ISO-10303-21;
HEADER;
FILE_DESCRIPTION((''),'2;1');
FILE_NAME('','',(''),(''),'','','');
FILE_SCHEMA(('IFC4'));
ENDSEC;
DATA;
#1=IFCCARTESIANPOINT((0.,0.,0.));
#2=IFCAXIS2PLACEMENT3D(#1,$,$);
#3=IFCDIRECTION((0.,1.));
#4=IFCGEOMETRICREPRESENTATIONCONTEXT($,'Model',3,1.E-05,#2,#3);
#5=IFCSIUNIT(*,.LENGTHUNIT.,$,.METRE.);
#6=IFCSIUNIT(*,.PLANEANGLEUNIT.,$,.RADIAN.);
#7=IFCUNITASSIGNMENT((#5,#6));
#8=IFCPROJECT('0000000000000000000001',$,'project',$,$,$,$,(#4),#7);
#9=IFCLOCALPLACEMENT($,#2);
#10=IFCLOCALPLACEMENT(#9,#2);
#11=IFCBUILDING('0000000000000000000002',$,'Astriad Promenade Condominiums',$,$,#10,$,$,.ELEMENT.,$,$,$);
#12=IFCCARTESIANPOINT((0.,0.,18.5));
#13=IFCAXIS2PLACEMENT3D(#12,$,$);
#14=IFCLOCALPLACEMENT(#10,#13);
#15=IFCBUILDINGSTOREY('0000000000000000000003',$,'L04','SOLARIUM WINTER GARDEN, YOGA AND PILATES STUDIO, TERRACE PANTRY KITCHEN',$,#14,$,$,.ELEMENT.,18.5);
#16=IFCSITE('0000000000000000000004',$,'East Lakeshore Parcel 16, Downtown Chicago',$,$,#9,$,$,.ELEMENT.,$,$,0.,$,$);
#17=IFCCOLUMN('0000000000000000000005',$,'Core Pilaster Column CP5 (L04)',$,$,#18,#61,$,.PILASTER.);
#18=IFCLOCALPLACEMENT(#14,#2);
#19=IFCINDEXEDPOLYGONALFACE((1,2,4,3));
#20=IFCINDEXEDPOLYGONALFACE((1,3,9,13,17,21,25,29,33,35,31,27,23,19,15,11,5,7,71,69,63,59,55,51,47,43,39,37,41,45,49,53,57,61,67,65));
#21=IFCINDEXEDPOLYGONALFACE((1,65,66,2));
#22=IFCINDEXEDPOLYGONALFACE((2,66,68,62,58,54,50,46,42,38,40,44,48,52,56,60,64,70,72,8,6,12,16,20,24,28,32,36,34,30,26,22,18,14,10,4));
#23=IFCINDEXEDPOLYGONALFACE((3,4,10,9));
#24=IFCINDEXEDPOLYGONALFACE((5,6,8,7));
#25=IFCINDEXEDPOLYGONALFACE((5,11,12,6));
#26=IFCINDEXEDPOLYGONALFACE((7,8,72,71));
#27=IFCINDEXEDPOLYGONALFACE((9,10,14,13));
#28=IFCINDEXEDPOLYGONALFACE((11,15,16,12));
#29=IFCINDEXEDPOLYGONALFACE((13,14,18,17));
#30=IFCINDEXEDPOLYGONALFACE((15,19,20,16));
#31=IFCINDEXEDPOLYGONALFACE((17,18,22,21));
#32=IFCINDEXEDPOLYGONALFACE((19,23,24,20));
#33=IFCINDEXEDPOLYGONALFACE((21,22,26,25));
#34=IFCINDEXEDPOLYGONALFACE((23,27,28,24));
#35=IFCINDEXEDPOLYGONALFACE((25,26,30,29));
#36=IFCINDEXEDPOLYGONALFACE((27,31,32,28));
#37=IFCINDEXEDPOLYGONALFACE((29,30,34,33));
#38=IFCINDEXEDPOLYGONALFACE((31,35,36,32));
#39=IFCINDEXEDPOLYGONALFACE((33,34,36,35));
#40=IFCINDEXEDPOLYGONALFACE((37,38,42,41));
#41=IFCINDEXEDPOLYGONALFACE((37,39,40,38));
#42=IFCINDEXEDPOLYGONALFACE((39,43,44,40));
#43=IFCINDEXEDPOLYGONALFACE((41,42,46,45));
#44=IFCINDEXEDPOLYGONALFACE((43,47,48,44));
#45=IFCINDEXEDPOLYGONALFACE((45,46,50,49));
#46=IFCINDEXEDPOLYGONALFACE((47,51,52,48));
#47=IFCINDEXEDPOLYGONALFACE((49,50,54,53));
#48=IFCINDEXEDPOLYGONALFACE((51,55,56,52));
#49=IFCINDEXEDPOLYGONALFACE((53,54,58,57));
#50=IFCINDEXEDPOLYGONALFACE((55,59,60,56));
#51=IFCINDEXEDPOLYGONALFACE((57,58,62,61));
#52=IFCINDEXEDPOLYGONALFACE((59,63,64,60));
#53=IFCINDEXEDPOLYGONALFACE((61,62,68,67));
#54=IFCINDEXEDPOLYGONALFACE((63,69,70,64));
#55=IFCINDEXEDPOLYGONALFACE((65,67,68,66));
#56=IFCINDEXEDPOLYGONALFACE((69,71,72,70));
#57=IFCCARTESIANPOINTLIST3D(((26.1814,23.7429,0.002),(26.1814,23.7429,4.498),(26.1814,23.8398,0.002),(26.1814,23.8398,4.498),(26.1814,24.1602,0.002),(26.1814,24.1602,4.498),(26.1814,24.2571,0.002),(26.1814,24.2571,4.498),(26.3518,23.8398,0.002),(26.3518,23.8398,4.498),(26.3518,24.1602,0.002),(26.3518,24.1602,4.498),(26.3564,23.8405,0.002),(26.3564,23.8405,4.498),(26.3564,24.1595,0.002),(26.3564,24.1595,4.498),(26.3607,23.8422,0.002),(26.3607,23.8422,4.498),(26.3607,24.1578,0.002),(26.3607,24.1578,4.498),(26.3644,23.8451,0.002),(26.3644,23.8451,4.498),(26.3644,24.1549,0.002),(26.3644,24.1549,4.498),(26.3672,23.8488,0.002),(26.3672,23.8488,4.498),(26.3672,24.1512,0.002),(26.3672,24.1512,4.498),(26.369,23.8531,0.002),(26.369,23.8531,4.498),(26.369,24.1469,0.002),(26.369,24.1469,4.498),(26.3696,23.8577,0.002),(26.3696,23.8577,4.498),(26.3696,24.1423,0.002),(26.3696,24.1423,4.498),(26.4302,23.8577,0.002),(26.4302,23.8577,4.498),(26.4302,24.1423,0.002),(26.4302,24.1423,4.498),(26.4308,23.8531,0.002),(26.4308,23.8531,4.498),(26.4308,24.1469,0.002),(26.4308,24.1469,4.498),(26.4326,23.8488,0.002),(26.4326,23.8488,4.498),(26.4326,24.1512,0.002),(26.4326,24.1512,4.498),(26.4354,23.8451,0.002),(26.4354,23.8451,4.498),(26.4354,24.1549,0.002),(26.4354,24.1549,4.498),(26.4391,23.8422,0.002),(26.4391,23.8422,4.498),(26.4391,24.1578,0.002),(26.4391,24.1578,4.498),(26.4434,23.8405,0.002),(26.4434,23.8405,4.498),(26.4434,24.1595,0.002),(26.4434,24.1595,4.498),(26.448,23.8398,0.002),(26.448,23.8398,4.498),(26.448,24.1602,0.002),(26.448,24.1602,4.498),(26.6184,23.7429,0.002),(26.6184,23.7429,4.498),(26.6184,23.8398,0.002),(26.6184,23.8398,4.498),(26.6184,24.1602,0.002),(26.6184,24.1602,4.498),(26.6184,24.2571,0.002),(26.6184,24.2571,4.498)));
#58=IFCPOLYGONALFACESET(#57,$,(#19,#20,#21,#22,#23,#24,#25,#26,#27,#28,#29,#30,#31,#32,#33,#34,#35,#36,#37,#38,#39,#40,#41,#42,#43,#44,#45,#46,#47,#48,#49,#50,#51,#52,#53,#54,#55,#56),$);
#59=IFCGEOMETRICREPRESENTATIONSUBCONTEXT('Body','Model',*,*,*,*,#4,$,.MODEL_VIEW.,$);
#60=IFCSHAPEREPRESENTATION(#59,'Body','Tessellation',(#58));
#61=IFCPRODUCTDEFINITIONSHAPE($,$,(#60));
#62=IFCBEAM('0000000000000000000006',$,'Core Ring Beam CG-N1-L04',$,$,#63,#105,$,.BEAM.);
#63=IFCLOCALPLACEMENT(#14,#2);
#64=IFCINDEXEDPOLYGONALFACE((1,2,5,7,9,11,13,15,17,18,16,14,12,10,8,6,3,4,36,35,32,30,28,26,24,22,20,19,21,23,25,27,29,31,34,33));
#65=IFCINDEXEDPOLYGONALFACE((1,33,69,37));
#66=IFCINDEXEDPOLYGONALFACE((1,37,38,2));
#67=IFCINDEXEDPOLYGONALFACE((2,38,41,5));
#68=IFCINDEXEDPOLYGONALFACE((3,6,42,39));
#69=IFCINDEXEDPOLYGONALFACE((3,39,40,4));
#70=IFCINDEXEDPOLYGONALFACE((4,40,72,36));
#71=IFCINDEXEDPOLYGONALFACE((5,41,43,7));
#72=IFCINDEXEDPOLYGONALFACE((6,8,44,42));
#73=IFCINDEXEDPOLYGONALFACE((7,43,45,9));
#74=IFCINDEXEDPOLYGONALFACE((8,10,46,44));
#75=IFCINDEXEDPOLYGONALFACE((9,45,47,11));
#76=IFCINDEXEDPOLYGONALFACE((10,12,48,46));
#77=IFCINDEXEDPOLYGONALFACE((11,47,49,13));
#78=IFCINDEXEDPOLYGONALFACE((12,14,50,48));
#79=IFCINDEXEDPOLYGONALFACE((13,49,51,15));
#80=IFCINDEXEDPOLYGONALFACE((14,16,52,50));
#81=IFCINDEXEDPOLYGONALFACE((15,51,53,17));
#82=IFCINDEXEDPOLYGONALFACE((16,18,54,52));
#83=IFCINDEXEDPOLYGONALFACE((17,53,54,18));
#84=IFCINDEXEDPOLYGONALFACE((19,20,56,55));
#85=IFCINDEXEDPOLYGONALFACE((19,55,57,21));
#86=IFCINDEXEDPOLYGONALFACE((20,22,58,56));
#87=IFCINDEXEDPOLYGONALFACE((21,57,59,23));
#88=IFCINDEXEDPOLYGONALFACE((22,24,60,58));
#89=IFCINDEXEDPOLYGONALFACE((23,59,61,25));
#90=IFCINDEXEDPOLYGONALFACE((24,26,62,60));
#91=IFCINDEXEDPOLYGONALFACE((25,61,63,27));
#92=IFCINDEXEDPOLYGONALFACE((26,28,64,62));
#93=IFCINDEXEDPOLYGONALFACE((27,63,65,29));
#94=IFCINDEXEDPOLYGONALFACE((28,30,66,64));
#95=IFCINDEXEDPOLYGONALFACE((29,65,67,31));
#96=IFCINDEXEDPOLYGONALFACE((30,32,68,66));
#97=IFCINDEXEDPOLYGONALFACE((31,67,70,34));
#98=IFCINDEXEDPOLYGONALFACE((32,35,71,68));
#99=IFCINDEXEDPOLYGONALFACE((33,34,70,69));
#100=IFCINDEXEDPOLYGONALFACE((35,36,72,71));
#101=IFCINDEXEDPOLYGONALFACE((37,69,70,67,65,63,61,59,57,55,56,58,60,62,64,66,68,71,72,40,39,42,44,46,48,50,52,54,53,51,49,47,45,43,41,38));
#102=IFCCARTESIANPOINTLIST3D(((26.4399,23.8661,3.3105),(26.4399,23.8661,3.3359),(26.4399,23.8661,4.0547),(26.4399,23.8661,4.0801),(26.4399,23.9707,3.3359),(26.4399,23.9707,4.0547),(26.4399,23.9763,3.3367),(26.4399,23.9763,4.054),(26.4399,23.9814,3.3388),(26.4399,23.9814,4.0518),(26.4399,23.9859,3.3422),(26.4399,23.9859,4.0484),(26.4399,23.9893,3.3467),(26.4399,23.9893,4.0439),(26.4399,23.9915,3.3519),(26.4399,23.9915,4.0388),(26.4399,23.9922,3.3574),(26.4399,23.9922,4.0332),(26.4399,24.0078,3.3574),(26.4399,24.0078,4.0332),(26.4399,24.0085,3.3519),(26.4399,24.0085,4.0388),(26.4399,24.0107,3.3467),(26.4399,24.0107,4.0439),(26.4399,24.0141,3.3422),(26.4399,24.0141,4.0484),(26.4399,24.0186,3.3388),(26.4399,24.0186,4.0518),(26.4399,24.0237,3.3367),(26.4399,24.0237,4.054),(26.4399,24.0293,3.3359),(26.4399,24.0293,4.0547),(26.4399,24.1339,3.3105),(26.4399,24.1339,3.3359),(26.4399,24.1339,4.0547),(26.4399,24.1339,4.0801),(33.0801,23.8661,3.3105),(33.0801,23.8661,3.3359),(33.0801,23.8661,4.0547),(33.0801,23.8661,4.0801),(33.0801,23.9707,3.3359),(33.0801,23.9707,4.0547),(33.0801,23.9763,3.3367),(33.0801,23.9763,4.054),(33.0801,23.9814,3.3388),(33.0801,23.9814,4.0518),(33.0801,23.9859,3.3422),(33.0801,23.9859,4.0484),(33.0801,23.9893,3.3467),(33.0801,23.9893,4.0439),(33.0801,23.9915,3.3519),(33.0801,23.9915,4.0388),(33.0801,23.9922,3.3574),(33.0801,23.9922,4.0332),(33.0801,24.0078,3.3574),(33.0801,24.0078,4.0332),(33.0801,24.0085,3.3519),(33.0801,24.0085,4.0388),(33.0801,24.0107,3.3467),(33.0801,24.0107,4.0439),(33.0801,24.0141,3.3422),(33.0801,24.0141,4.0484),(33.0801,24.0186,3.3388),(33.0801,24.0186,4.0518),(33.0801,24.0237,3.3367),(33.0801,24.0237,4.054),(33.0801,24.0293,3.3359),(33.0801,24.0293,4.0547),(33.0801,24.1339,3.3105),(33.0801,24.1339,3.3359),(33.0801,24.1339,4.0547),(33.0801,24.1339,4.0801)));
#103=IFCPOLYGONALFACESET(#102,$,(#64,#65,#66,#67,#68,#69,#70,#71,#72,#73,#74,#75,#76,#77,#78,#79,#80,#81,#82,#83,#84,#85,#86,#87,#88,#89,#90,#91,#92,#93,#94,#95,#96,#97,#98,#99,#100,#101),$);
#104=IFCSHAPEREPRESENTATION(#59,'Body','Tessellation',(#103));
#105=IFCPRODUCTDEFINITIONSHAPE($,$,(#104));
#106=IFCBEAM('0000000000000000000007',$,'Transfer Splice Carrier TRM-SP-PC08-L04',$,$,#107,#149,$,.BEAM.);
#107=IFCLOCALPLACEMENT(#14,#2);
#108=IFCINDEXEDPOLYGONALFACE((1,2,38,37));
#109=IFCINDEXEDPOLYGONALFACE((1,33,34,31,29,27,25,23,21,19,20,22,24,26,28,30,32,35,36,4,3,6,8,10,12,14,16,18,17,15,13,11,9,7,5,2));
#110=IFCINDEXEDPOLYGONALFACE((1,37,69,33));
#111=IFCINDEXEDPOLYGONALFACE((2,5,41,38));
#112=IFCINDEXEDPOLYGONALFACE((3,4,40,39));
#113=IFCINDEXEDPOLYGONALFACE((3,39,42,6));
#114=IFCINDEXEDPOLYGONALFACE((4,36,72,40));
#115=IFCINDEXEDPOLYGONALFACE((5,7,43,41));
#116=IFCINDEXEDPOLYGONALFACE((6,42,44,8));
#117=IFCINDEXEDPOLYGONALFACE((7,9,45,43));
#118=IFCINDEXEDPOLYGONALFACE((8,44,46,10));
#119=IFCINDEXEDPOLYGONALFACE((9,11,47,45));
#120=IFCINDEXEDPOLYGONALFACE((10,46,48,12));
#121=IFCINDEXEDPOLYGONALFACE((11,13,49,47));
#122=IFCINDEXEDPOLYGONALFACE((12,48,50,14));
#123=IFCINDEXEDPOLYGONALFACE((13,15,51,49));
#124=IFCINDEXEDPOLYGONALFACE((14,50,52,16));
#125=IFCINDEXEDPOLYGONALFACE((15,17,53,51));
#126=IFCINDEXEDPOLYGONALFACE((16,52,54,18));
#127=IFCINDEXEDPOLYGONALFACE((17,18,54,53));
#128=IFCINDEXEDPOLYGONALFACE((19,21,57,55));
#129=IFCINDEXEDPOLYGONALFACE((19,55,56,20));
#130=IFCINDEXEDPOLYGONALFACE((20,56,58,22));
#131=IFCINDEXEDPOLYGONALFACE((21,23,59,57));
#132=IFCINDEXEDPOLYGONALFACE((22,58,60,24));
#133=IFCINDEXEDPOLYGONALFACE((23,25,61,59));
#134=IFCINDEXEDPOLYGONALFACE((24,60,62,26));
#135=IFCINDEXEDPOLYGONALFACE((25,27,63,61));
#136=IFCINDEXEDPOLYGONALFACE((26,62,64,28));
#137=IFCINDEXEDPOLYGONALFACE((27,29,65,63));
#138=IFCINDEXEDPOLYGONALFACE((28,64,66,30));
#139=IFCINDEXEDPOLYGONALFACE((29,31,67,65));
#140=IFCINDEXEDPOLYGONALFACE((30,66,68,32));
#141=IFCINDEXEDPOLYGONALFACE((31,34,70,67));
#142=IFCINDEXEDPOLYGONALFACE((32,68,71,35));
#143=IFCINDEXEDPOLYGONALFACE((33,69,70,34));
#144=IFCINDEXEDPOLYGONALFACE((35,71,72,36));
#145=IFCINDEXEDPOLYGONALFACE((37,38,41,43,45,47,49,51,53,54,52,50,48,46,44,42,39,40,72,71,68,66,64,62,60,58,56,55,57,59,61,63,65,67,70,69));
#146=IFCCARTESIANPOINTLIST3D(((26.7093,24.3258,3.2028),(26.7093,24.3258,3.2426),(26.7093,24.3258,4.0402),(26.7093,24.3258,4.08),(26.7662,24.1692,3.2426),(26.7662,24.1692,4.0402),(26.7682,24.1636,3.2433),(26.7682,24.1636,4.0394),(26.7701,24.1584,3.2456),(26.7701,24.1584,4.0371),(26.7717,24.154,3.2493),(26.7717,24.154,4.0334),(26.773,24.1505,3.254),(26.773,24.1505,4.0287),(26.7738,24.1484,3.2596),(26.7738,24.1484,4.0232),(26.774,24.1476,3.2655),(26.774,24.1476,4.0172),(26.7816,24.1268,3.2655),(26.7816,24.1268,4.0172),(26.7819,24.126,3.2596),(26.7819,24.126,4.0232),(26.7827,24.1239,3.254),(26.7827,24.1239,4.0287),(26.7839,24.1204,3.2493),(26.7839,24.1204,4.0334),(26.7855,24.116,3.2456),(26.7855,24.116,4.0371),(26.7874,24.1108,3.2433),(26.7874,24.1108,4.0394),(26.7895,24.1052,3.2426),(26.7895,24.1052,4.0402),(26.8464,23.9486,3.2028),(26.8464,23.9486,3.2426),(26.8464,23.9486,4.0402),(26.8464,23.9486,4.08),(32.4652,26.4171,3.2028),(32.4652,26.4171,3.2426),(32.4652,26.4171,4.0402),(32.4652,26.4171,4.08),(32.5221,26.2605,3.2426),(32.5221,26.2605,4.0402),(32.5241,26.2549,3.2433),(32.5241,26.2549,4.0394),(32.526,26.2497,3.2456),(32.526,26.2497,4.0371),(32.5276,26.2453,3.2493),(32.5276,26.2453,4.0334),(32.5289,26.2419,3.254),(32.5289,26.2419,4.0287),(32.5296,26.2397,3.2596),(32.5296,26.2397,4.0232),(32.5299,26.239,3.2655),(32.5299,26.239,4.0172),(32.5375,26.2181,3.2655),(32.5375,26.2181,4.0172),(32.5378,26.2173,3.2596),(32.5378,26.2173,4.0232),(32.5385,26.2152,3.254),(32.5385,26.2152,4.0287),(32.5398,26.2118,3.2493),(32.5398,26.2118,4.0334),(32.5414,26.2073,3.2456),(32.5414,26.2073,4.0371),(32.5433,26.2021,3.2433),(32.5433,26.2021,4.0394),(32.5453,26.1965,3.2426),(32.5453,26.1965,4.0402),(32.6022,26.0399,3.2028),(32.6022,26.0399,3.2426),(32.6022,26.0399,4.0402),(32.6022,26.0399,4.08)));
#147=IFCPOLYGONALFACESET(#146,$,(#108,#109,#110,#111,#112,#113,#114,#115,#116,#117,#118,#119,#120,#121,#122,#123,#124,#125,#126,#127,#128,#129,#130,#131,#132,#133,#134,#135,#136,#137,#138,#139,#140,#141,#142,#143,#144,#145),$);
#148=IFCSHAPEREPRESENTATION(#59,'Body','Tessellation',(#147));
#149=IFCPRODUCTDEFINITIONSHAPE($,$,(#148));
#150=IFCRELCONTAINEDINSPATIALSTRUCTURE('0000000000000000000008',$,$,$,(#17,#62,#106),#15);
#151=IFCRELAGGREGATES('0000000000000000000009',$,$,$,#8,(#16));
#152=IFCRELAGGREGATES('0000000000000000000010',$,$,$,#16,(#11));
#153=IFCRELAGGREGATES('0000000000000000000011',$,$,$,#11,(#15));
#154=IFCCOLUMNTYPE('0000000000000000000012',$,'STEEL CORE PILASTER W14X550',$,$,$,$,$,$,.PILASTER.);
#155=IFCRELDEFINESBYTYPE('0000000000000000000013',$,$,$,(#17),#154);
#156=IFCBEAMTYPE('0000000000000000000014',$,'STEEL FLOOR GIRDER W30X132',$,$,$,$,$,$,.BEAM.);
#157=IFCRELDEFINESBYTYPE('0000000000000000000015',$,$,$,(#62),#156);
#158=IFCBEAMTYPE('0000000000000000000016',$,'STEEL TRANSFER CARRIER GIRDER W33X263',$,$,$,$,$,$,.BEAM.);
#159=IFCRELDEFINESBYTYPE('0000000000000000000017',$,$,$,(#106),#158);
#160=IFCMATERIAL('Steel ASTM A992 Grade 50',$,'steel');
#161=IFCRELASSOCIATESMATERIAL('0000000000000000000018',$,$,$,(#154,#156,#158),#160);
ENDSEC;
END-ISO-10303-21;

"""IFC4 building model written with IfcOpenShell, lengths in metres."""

from ifc_helpers import new_model, si_unit, direction, frame, origin, origin_2d, place, context, subcontext, project, spatial, i_section, extrude, source, transform, mapped, material, material_profile, profile_set, type_object, type_shapes, element, save


model = new_model("IFC4")

# Units and contexts
model_context = context("Model", 3, precision=1e-05, world=origin(), true_north=direction((0.0, 1.0)))
body_context = subcontext(model_context, "Body", "Model", "MODEL_VIEW")
ifc_project = project(units=[si_unit("LENGTHUNIT", "METRE"), si_unit("PLANEANGLEUNIT", "RADIAN")], contexts=[model_context])

# Site, building, storey
site_placement = place(None, origin())
site = spatial("IfcSite", under=ifc_project, at=site_placement, Name="East Lakeshore Parcel 16, Downtown Chicago", CompositionType="ELEMENT", RefElevation=0.0)
building_placement = place(site_placement, origin())
building = spatial("IfcBuilding", under=site, at=building_placement, Name="Astriad Promenade Condominiums", CompositionType="ELEMENT")
storey_placement = place(building_placement, frame((0.0, 0.0, 18.5)))
storey = spatial("IfcBuildingStorey", under=building, at=storey_placement, Name="L04", Description="SOLARIUM WINTER GARDEN, YOGA AND PILATES STUDIO, TERRACE PANTRY KITCHEN", CompositionType="ELEMENT", Elevation=18.5)

# Column
ifc_material_1 = material(Name="Steel ASTM A992 Grade 50", Category="steel")
ifc_material_profile_1 = material_profile(ifc_material_1, i_section(OverallWidth=0.437, OverallDepth=0.5142, WebThickness=0.0605, FlangeThickness=0.0969, FilletRadius=0.0178, at=origin_2d()), Name="W14X550")
ifc_profile_set_1 = profile_set([ifc_material_profile_1], Name="Steel ASTM A992 Grade 50")
column_type = type_object("IfcColumnType", Name="STEEL CORE PILASTER W14X550", PredefinedType="PILASTER", material=ifc_profile_set_1)
shared_shape_1 = source(origin(), body_context, "Body", "SweptSolid", [
    extrude(i_section(OverallWidth=0.437, OverallDepth=0.5142, WebThickness=0.0605, FlangeThickness=0.0969, FilletRadius=0.0178, at=origin_2d()), origin(), (0.0, 0.0, 1.0), 4.4961),
])
type_shapes(column_type, [shared_shape_1])
column_placement = place(storey_placement, frame((26.3999, 24.0, 0.002), z_axis=(0.0, 0.0, 1.0), x_axis=(1.0, 0.0, 0.0)))
element("IfcColumn", 1, at=column_placement, inside=storey, type_object=column_type, Name="Core Pilaster Column CP5 (L04)", PredefinedType="PILASTER", context=body_context, shape_type="MappedRepresentation", body=[
    mapped(shared_shape_1, transform((0.0, 0.0, 0.0), scale=1.0)),
])

# Beams
ifc_material_profile_2 = material_profile(ifc_material_1, i_section(OverallWidth=0.2678, OverallDepth=0.7695, WebThickness=0.0156, FlangeThickness=0.0254, FilletRadius=0.0215, at=origin_2d()), Name="W30X132")
ifc_profile_set_2 = profile_set([ifc_material_profile_2], Name="Steel ASTM A992 Grade 50")
beam_type_1 = type_object("IfcBeamType", Name="STEEL FLOOR GIRDER W30X132", PredefinedType="BEAM", material=ifc_profile_set_2)
shared_shape_2 = source(origin(), body_context, "Body", "SweptSolid", [
    extrude(i_section(OverallWidth=0.2678, OverallDepth=0.7695, WebThickness=0.0156, FlangeThickness=0.0254, FilletRadius=0.0215, at=origin_2d()), origin(), (0.0, 0.0, 1.0), 6.6401),
])
type_shapes(beam_type_1, [shared_shape_2])
beam_1_placement = place(storey_placement, frame((26.4399, 24.0, 3.6953), z_axis=(1.0, 0.0, 0.0), x_axis=(0.0, 1.0, 0.0)))
element("IfcBeam", 2, at=beam_1_placement, inside=storey, type_object=beam_type_1, Name="Core Ring Beam CG-N1-L04", PredefinedType="BEAM", context=body_context, shape_type="MappedRepresentation", body=[
    mapped(shared_shape_2, transform((0.0, 0.0, 0.0), scale=1.0)),
])
ifc_material_profile_3 = material_profile(ifc_material_1, i_section(OverallWidth=0.4014, OverallDepth=0.8772, WebThickness=0.0222, FlangeThickness=0.0398, FilletRadius=0.0229, at=origin_2d()), Name="W33X263")
ifc_profile_set_3 = profile_set([ifc_material_profile_3], Name="Steel ASTM A992 Grade 50")
beam_type_2 = type_object("IfcBeamType", Name="STEEL TRANSFER CARRIER GIRDER W33X263", PredefinedType="BEAM", material=ifc_profile_set_3)
shared_shape_3 = source(origin(), body_context, "Body", "SweptSolid", [
    extrude(i_section(OverallWidth=0.4014, OverallDepth=0.8772, WebThickness=0.0222, FlangeThickness=0.0398, FilletRadius=0.0229, at=origin_2d()), origin(), (0.0, 0.0, 1.0), 6.124),
])
type_shapes(beam_type_2, [shared_shape_3])
beam_2_placement = place(storey_placement, frame((26.7778, 24.1372, 3.6414), z_axis=(0.939884, 0.341493, 0.0), x_axis=(-0.341493, 0.939884, 0.0)))
element("IfcBeam", 3, at=beam_2_placement, inside=storey, type_object=beam_type_2, Name="Transfer Splice Carrier TRM-SP-PC08-L04", PredefinedType="BEAM", context=body_context, shape_type="MappedRepresentation", body=[
    mapped(shared_shape_3, transform((0.0, 0.0, 0.0), scale=1.0)),
])

save(model, "model.ifc")
